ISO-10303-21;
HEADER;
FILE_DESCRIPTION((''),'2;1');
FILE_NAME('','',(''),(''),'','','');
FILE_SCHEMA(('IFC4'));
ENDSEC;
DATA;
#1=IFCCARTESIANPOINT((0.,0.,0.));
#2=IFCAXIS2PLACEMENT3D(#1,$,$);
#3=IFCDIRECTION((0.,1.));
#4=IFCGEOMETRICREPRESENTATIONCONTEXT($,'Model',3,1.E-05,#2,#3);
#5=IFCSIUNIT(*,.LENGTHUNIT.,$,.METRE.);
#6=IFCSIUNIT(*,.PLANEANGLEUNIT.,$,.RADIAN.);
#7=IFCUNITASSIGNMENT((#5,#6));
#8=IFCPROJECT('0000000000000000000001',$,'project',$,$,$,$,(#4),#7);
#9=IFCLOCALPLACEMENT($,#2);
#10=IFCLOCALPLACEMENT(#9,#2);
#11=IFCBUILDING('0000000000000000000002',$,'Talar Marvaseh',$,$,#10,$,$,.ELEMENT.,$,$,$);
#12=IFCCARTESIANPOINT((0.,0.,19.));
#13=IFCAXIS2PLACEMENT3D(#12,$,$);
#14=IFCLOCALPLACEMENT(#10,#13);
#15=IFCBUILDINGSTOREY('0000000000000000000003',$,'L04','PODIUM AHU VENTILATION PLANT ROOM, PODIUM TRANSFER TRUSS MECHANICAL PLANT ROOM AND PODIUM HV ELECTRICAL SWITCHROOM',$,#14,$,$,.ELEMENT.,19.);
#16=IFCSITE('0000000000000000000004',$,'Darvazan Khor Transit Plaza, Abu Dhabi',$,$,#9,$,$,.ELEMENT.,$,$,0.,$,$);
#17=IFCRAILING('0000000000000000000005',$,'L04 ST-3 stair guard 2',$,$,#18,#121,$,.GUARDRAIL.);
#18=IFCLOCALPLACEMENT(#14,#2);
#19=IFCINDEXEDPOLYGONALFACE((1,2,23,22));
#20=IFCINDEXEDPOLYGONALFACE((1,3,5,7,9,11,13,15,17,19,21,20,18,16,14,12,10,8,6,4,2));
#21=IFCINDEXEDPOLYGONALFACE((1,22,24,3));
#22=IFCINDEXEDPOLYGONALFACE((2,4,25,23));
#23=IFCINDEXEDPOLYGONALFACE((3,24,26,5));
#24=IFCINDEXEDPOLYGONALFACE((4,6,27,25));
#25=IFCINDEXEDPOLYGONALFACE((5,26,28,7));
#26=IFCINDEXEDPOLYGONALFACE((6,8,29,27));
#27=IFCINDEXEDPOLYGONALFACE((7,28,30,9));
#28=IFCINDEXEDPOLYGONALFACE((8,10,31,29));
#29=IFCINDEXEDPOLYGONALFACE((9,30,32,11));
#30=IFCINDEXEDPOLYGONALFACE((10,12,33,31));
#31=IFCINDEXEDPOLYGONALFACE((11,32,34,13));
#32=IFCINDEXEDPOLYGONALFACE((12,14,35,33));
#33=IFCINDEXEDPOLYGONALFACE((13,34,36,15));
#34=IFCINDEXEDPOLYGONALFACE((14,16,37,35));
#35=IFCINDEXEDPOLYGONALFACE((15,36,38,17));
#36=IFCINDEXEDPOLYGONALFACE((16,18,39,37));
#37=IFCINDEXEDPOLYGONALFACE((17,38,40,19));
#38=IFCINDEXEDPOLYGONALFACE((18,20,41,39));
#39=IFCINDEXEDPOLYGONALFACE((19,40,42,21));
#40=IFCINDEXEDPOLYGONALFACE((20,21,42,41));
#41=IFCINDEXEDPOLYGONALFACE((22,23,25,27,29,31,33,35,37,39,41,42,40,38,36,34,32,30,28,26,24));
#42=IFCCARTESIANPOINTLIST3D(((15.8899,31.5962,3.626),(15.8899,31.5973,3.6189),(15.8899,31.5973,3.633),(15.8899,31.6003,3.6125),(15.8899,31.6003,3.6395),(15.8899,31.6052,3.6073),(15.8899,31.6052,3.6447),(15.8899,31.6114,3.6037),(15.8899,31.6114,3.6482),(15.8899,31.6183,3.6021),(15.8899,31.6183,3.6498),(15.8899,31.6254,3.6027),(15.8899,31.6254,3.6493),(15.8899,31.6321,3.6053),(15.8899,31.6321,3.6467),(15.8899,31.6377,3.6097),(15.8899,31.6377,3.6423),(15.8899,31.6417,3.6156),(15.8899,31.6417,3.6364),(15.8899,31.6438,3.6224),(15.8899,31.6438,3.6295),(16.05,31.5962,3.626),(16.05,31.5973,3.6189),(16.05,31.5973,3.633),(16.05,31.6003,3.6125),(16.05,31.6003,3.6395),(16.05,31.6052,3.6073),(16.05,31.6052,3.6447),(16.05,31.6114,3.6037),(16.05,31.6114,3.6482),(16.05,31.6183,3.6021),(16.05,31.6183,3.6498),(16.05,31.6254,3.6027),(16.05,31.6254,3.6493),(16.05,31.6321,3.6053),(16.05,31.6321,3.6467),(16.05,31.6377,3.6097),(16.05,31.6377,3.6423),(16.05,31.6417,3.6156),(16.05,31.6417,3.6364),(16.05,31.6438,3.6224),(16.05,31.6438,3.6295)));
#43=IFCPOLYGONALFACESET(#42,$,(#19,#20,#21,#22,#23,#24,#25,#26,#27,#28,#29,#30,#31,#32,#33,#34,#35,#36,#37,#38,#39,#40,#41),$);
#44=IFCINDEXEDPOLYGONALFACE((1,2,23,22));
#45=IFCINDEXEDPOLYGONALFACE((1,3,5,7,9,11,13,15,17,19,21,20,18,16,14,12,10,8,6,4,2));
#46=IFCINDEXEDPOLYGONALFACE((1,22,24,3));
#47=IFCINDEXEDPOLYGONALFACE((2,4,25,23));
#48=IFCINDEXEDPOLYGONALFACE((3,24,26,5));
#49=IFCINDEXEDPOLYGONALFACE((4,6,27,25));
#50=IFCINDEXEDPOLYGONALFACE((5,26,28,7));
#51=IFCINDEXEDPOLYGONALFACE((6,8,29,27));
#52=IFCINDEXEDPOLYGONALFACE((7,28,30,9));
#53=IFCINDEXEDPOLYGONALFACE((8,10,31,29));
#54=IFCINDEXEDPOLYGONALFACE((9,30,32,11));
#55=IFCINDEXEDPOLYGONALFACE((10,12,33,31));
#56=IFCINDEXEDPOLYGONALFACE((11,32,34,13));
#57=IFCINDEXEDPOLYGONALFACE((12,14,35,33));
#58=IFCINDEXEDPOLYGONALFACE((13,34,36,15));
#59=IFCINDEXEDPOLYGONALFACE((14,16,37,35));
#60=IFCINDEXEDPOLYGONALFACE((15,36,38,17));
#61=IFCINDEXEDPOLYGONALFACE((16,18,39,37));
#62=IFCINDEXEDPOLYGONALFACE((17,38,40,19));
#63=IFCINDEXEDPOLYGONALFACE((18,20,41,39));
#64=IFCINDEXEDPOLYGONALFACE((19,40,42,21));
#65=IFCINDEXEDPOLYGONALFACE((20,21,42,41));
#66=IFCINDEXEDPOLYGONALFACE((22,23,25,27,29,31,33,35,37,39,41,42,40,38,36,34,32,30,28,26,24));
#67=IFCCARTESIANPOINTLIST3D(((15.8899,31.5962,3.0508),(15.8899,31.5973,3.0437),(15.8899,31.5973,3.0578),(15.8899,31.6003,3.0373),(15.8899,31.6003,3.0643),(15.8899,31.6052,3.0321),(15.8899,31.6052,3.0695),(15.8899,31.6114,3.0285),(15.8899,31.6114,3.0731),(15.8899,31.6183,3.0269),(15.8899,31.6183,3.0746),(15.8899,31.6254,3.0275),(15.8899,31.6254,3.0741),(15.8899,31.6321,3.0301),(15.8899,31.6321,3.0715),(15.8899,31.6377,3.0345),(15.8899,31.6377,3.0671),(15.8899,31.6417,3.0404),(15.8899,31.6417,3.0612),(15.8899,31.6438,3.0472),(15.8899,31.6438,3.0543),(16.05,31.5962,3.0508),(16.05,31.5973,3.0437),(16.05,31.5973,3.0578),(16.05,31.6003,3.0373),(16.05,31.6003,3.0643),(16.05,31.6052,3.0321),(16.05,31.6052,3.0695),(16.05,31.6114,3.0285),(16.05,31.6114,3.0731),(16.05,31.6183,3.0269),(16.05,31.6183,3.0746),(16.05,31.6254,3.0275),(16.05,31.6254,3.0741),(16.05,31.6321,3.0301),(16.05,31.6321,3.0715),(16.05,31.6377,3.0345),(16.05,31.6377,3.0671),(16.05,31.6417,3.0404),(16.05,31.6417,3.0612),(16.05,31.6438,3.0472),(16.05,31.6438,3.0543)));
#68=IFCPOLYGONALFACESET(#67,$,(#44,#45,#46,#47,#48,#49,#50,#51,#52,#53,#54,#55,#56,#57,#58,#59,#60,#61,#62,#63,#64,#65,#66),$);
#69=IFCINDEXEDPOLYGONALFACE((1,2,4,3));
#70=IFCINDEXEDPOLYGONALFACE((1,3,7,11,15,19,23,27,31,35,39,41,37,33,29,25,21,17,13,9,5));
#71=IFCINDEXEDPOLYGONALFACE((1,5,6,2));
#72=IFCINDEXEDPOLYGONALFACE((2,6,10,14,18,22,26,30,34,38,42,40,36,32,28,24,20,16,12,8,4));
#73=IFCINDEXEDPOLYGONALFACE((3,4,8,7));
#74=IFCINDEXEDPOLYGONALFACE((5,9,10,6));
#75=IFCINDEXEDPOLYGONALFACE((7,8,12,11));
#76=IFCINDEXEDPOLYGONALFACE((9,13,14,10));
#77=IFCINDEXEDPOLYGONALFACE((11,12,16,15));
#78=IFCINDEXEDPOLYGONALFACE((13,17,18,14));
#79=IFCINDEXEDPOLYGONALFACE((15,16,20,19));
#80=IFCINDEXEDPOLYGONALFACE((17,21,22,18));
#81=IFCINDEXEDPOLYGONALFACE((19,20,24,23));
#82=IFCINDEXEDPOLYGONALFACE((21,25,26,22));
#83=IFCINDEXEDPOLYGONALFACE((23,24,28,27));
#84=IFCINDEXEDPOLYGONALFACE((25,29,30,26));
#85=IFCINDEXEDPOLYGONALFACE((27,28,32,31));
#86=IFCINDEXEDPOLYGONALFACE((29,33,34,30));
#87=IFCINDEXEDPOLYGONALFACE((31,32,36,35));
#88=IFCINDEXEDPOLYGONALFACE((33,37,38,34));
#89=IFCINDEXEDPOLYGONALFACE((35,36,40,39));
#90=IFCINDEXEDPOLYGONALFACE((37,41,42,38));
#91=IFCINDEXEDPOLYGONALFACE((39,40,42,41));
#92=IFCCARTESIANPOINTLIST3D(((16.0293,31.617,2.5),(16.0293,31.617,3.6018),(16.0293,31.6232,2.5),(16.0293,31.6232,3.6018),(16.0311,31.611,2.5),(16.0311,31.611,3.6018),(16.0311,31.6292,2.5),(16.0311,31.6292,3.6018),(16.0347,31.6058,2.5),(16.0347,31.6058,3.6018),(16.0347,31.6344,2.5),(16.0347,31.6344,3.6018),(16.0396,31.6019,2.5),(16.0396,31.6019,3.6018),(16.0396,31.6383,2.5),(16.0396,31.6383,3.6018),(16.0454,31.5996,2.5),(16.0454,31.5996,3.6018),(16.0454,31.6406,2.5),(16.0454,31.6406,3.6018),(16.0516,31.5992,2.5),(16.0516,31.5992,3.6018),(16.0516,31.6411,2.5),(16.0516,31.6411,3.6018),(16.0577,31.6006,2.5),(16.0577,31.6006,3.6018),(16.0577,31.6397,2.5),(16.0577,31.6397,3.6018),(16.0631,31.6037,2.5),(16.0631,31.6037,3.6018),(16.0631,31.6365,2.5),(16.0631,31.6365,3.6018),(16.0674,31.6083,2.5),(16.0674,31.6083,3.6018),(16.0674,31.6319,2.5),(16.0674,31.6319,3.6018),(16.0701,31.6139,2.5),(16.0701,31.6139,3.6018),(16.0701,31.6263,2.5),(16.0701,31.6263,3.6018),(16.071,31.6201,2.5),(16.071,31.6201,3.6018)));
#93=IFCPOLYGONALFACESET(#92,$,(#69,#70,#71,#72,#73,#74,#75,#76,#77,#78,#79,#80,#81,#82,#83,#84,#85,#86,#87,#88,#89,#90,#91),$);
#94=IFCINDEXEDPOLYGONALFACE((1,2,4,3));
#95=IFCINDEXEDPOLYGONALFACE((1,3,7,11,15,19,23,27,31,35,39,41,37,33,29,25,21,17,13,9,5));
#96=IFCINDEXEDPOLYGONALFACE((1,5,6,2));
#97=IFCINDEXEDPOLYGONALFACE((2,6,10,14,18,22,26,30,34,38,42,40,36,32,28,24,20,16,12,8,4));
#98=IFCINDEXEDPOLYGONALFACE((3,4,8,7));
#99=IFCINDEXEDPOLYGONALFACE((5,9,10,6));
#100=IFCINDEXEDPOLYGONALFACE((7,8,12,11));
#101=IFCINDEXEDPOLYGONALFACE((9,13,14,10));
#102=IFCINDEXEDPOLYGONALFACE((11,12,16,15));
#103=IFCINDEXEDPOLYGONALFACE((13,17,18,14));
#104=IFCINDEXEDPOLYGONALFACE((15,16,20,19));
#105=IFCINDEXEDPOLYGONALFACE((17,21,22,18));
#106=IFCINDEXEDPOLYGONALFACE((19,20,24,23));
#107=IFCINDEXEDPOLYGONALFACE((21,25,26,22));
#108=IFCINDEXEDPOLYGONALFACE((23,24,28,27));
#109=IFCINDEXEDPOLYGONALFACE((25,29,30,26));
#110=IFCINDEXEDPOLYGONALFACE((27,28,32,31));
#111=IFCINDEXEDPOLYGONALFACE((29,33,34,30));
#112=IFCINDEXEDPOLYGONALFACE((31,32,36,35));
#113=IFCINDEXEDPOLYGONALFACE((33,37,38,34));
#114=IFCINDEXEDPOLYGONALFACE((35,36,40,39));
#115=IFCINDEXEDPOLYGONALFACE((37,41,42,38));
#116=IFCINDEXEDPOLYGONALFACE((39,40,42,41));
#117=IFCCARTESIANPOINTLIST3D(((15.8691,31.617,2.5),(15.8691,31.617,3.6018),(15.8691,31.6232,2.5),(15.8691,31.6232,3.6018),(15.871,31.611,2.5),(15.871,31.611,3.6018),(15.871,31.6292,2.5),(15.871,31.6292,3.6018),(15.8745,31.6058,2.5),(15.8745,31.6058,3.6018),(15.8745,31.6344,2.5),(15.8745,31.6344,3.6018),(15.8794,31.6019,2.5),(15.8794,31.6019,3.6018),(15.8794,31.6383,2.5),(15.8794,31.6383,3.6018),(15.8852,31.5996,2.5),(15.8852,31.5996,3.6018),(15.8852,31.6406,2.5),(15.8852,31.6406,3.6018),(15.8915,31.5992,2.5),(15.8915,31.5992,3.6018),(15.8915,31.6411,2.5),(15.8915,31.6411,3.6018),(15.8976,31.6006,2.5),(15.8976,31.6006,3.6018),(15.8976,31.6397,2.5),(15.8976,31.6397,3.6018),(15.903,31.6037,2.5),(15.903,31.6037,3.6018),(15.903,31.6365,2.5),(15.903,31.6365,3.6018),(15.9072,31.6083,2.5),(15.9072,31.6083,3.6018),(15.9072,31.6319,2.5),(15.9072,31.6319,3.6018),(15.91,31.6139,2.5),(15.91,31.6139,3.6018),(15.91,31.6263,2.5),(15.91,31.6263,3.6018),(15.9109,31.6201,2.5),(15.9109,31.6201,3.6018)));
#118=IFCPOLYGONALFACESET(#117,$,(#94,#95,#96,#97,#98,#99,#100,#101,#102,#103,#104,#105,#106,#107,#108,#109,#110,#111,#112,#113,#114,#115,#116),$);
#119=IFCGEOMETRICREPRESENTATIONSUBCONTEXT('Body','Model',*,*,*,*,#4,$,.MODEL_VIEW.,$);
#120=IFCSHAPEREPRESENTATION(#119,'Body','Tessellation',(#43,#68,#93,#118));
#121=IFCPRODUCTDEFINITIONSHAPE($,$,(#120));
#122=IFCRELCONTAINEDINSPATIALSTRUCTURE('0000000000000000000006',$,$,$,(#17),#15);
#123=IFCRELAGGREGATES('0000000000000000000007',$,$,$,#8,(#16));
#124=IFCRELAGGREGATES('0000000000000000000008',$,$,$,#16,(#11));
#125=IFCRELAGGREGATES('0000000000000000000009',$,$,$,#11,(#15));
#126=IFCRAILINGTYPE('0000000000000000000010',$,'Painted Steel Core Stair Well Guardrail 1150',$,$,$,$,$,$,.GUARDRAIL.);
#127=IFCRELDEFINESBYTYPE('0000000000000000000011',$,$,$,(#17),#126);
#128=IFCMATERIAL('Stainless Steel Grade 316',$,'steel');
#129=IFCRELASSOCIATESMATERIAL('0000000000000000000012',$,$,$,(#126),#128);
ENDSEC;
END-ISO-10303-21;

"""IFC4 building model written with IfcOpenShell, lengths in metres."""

from ifc_helpers import new_model, si_unit, direction, frame, origin, origin_2d, place, context, subcontext, project, spatial, circle, extrude, material, type_object, element, save


model = new_model("IFC4")

# Units and contexts
model_context = context("Model", 3, precision=1e-05, world=origin(), true_north=direction((0.0, 1.0)))
body_context = subcontext(model_context, "Body", "Model", "MODEL_VIEW")
ifc_project = project(units=[si_unit("LENGTHUNIT", "METRE"), si_unit("PLANEANGLEUNIT", "RADIAN")], contexts=[model_context])

# Site, building, storey
site_placement = place(None, origin())
site = spatial("IfcSite", under=ifc_project, at=site_placement, Name="Darvazan Khor Transit Plaza, Abu Dhabi", CompositionType="ELEMENT", RefElevation=0.0)
building_placement = place(site_placement, origin())
building = spatial("IfcBuilding", under=site, at=building_placement, Name="Talar Marvaseh", CompositionType="ELEMENT")
storey_placement = place(building_placement, frame((0.0, 0.0, 19.0)))
storey = spatial("IfcBuildingStorey", under=building, at=storey_placement, Name="L04", Description="PODIUM AHU VENTILATION PLANT ROOM, PODIUM TRANSFER TRUSS MECHANICAL PLANT ROOM AND PODIUM HV ELECTRICAL SWITCHROOM", CompositionType="ELEMENT", Elevation=19.0)

# Shared definitions
ifc_material_1 = material(Name="Stainless Steel Grade 316", Category="steel")

# Railing
railing_type_1 = type_object("IfcRailingType", Name="Painted Steel Core Stair Well Guardrail 1150", PredefinedType="GUARDRAIL", material=ifc_material_1)
railing_1_placement = place(storey_placement, frame((16.05, 31.6201, 2.5)))
element("IfcRailing", 1, at=railing_1_placement, inside=storey, type_object=railing_type_1, Name="L04 ST-3 stair guard 2", PredefinedType="GUARDRAIL", context=body_context, shape_type="SweptSolid", body=[
    extrude(circle(Radius=0.0239, at=origin_2d()), frame((0.0, 0.0, 1.126), z_axis=(-1.0, 0.0, 0.0), x_axis=(0.0, -1.0, 0.0)), (0.0, 0.0, 1.0), 0.1602),
    extrude(circle(Radius=0.0239, at=origin_2d()), frame((0.0, 0.0, 0.5508), z_axis=(-1.0, 0.0, 0.0), x_axis=(0.0, -1.0, 0.0)), (0.0, 0.0, 1.0), 0.1602),
    extrude(circle(Radius=0.021, at=origin_2d()), origin(), (0.0, 0.0, 1.0), 1.1018),
    extrude(circle(Radius=0.021, at=origin_2d()), frame((-0.1602, 0.0, 0.0)), (0.0, 0.0, 1.0), 1.1018),
])

save(model, "model.ifc")
